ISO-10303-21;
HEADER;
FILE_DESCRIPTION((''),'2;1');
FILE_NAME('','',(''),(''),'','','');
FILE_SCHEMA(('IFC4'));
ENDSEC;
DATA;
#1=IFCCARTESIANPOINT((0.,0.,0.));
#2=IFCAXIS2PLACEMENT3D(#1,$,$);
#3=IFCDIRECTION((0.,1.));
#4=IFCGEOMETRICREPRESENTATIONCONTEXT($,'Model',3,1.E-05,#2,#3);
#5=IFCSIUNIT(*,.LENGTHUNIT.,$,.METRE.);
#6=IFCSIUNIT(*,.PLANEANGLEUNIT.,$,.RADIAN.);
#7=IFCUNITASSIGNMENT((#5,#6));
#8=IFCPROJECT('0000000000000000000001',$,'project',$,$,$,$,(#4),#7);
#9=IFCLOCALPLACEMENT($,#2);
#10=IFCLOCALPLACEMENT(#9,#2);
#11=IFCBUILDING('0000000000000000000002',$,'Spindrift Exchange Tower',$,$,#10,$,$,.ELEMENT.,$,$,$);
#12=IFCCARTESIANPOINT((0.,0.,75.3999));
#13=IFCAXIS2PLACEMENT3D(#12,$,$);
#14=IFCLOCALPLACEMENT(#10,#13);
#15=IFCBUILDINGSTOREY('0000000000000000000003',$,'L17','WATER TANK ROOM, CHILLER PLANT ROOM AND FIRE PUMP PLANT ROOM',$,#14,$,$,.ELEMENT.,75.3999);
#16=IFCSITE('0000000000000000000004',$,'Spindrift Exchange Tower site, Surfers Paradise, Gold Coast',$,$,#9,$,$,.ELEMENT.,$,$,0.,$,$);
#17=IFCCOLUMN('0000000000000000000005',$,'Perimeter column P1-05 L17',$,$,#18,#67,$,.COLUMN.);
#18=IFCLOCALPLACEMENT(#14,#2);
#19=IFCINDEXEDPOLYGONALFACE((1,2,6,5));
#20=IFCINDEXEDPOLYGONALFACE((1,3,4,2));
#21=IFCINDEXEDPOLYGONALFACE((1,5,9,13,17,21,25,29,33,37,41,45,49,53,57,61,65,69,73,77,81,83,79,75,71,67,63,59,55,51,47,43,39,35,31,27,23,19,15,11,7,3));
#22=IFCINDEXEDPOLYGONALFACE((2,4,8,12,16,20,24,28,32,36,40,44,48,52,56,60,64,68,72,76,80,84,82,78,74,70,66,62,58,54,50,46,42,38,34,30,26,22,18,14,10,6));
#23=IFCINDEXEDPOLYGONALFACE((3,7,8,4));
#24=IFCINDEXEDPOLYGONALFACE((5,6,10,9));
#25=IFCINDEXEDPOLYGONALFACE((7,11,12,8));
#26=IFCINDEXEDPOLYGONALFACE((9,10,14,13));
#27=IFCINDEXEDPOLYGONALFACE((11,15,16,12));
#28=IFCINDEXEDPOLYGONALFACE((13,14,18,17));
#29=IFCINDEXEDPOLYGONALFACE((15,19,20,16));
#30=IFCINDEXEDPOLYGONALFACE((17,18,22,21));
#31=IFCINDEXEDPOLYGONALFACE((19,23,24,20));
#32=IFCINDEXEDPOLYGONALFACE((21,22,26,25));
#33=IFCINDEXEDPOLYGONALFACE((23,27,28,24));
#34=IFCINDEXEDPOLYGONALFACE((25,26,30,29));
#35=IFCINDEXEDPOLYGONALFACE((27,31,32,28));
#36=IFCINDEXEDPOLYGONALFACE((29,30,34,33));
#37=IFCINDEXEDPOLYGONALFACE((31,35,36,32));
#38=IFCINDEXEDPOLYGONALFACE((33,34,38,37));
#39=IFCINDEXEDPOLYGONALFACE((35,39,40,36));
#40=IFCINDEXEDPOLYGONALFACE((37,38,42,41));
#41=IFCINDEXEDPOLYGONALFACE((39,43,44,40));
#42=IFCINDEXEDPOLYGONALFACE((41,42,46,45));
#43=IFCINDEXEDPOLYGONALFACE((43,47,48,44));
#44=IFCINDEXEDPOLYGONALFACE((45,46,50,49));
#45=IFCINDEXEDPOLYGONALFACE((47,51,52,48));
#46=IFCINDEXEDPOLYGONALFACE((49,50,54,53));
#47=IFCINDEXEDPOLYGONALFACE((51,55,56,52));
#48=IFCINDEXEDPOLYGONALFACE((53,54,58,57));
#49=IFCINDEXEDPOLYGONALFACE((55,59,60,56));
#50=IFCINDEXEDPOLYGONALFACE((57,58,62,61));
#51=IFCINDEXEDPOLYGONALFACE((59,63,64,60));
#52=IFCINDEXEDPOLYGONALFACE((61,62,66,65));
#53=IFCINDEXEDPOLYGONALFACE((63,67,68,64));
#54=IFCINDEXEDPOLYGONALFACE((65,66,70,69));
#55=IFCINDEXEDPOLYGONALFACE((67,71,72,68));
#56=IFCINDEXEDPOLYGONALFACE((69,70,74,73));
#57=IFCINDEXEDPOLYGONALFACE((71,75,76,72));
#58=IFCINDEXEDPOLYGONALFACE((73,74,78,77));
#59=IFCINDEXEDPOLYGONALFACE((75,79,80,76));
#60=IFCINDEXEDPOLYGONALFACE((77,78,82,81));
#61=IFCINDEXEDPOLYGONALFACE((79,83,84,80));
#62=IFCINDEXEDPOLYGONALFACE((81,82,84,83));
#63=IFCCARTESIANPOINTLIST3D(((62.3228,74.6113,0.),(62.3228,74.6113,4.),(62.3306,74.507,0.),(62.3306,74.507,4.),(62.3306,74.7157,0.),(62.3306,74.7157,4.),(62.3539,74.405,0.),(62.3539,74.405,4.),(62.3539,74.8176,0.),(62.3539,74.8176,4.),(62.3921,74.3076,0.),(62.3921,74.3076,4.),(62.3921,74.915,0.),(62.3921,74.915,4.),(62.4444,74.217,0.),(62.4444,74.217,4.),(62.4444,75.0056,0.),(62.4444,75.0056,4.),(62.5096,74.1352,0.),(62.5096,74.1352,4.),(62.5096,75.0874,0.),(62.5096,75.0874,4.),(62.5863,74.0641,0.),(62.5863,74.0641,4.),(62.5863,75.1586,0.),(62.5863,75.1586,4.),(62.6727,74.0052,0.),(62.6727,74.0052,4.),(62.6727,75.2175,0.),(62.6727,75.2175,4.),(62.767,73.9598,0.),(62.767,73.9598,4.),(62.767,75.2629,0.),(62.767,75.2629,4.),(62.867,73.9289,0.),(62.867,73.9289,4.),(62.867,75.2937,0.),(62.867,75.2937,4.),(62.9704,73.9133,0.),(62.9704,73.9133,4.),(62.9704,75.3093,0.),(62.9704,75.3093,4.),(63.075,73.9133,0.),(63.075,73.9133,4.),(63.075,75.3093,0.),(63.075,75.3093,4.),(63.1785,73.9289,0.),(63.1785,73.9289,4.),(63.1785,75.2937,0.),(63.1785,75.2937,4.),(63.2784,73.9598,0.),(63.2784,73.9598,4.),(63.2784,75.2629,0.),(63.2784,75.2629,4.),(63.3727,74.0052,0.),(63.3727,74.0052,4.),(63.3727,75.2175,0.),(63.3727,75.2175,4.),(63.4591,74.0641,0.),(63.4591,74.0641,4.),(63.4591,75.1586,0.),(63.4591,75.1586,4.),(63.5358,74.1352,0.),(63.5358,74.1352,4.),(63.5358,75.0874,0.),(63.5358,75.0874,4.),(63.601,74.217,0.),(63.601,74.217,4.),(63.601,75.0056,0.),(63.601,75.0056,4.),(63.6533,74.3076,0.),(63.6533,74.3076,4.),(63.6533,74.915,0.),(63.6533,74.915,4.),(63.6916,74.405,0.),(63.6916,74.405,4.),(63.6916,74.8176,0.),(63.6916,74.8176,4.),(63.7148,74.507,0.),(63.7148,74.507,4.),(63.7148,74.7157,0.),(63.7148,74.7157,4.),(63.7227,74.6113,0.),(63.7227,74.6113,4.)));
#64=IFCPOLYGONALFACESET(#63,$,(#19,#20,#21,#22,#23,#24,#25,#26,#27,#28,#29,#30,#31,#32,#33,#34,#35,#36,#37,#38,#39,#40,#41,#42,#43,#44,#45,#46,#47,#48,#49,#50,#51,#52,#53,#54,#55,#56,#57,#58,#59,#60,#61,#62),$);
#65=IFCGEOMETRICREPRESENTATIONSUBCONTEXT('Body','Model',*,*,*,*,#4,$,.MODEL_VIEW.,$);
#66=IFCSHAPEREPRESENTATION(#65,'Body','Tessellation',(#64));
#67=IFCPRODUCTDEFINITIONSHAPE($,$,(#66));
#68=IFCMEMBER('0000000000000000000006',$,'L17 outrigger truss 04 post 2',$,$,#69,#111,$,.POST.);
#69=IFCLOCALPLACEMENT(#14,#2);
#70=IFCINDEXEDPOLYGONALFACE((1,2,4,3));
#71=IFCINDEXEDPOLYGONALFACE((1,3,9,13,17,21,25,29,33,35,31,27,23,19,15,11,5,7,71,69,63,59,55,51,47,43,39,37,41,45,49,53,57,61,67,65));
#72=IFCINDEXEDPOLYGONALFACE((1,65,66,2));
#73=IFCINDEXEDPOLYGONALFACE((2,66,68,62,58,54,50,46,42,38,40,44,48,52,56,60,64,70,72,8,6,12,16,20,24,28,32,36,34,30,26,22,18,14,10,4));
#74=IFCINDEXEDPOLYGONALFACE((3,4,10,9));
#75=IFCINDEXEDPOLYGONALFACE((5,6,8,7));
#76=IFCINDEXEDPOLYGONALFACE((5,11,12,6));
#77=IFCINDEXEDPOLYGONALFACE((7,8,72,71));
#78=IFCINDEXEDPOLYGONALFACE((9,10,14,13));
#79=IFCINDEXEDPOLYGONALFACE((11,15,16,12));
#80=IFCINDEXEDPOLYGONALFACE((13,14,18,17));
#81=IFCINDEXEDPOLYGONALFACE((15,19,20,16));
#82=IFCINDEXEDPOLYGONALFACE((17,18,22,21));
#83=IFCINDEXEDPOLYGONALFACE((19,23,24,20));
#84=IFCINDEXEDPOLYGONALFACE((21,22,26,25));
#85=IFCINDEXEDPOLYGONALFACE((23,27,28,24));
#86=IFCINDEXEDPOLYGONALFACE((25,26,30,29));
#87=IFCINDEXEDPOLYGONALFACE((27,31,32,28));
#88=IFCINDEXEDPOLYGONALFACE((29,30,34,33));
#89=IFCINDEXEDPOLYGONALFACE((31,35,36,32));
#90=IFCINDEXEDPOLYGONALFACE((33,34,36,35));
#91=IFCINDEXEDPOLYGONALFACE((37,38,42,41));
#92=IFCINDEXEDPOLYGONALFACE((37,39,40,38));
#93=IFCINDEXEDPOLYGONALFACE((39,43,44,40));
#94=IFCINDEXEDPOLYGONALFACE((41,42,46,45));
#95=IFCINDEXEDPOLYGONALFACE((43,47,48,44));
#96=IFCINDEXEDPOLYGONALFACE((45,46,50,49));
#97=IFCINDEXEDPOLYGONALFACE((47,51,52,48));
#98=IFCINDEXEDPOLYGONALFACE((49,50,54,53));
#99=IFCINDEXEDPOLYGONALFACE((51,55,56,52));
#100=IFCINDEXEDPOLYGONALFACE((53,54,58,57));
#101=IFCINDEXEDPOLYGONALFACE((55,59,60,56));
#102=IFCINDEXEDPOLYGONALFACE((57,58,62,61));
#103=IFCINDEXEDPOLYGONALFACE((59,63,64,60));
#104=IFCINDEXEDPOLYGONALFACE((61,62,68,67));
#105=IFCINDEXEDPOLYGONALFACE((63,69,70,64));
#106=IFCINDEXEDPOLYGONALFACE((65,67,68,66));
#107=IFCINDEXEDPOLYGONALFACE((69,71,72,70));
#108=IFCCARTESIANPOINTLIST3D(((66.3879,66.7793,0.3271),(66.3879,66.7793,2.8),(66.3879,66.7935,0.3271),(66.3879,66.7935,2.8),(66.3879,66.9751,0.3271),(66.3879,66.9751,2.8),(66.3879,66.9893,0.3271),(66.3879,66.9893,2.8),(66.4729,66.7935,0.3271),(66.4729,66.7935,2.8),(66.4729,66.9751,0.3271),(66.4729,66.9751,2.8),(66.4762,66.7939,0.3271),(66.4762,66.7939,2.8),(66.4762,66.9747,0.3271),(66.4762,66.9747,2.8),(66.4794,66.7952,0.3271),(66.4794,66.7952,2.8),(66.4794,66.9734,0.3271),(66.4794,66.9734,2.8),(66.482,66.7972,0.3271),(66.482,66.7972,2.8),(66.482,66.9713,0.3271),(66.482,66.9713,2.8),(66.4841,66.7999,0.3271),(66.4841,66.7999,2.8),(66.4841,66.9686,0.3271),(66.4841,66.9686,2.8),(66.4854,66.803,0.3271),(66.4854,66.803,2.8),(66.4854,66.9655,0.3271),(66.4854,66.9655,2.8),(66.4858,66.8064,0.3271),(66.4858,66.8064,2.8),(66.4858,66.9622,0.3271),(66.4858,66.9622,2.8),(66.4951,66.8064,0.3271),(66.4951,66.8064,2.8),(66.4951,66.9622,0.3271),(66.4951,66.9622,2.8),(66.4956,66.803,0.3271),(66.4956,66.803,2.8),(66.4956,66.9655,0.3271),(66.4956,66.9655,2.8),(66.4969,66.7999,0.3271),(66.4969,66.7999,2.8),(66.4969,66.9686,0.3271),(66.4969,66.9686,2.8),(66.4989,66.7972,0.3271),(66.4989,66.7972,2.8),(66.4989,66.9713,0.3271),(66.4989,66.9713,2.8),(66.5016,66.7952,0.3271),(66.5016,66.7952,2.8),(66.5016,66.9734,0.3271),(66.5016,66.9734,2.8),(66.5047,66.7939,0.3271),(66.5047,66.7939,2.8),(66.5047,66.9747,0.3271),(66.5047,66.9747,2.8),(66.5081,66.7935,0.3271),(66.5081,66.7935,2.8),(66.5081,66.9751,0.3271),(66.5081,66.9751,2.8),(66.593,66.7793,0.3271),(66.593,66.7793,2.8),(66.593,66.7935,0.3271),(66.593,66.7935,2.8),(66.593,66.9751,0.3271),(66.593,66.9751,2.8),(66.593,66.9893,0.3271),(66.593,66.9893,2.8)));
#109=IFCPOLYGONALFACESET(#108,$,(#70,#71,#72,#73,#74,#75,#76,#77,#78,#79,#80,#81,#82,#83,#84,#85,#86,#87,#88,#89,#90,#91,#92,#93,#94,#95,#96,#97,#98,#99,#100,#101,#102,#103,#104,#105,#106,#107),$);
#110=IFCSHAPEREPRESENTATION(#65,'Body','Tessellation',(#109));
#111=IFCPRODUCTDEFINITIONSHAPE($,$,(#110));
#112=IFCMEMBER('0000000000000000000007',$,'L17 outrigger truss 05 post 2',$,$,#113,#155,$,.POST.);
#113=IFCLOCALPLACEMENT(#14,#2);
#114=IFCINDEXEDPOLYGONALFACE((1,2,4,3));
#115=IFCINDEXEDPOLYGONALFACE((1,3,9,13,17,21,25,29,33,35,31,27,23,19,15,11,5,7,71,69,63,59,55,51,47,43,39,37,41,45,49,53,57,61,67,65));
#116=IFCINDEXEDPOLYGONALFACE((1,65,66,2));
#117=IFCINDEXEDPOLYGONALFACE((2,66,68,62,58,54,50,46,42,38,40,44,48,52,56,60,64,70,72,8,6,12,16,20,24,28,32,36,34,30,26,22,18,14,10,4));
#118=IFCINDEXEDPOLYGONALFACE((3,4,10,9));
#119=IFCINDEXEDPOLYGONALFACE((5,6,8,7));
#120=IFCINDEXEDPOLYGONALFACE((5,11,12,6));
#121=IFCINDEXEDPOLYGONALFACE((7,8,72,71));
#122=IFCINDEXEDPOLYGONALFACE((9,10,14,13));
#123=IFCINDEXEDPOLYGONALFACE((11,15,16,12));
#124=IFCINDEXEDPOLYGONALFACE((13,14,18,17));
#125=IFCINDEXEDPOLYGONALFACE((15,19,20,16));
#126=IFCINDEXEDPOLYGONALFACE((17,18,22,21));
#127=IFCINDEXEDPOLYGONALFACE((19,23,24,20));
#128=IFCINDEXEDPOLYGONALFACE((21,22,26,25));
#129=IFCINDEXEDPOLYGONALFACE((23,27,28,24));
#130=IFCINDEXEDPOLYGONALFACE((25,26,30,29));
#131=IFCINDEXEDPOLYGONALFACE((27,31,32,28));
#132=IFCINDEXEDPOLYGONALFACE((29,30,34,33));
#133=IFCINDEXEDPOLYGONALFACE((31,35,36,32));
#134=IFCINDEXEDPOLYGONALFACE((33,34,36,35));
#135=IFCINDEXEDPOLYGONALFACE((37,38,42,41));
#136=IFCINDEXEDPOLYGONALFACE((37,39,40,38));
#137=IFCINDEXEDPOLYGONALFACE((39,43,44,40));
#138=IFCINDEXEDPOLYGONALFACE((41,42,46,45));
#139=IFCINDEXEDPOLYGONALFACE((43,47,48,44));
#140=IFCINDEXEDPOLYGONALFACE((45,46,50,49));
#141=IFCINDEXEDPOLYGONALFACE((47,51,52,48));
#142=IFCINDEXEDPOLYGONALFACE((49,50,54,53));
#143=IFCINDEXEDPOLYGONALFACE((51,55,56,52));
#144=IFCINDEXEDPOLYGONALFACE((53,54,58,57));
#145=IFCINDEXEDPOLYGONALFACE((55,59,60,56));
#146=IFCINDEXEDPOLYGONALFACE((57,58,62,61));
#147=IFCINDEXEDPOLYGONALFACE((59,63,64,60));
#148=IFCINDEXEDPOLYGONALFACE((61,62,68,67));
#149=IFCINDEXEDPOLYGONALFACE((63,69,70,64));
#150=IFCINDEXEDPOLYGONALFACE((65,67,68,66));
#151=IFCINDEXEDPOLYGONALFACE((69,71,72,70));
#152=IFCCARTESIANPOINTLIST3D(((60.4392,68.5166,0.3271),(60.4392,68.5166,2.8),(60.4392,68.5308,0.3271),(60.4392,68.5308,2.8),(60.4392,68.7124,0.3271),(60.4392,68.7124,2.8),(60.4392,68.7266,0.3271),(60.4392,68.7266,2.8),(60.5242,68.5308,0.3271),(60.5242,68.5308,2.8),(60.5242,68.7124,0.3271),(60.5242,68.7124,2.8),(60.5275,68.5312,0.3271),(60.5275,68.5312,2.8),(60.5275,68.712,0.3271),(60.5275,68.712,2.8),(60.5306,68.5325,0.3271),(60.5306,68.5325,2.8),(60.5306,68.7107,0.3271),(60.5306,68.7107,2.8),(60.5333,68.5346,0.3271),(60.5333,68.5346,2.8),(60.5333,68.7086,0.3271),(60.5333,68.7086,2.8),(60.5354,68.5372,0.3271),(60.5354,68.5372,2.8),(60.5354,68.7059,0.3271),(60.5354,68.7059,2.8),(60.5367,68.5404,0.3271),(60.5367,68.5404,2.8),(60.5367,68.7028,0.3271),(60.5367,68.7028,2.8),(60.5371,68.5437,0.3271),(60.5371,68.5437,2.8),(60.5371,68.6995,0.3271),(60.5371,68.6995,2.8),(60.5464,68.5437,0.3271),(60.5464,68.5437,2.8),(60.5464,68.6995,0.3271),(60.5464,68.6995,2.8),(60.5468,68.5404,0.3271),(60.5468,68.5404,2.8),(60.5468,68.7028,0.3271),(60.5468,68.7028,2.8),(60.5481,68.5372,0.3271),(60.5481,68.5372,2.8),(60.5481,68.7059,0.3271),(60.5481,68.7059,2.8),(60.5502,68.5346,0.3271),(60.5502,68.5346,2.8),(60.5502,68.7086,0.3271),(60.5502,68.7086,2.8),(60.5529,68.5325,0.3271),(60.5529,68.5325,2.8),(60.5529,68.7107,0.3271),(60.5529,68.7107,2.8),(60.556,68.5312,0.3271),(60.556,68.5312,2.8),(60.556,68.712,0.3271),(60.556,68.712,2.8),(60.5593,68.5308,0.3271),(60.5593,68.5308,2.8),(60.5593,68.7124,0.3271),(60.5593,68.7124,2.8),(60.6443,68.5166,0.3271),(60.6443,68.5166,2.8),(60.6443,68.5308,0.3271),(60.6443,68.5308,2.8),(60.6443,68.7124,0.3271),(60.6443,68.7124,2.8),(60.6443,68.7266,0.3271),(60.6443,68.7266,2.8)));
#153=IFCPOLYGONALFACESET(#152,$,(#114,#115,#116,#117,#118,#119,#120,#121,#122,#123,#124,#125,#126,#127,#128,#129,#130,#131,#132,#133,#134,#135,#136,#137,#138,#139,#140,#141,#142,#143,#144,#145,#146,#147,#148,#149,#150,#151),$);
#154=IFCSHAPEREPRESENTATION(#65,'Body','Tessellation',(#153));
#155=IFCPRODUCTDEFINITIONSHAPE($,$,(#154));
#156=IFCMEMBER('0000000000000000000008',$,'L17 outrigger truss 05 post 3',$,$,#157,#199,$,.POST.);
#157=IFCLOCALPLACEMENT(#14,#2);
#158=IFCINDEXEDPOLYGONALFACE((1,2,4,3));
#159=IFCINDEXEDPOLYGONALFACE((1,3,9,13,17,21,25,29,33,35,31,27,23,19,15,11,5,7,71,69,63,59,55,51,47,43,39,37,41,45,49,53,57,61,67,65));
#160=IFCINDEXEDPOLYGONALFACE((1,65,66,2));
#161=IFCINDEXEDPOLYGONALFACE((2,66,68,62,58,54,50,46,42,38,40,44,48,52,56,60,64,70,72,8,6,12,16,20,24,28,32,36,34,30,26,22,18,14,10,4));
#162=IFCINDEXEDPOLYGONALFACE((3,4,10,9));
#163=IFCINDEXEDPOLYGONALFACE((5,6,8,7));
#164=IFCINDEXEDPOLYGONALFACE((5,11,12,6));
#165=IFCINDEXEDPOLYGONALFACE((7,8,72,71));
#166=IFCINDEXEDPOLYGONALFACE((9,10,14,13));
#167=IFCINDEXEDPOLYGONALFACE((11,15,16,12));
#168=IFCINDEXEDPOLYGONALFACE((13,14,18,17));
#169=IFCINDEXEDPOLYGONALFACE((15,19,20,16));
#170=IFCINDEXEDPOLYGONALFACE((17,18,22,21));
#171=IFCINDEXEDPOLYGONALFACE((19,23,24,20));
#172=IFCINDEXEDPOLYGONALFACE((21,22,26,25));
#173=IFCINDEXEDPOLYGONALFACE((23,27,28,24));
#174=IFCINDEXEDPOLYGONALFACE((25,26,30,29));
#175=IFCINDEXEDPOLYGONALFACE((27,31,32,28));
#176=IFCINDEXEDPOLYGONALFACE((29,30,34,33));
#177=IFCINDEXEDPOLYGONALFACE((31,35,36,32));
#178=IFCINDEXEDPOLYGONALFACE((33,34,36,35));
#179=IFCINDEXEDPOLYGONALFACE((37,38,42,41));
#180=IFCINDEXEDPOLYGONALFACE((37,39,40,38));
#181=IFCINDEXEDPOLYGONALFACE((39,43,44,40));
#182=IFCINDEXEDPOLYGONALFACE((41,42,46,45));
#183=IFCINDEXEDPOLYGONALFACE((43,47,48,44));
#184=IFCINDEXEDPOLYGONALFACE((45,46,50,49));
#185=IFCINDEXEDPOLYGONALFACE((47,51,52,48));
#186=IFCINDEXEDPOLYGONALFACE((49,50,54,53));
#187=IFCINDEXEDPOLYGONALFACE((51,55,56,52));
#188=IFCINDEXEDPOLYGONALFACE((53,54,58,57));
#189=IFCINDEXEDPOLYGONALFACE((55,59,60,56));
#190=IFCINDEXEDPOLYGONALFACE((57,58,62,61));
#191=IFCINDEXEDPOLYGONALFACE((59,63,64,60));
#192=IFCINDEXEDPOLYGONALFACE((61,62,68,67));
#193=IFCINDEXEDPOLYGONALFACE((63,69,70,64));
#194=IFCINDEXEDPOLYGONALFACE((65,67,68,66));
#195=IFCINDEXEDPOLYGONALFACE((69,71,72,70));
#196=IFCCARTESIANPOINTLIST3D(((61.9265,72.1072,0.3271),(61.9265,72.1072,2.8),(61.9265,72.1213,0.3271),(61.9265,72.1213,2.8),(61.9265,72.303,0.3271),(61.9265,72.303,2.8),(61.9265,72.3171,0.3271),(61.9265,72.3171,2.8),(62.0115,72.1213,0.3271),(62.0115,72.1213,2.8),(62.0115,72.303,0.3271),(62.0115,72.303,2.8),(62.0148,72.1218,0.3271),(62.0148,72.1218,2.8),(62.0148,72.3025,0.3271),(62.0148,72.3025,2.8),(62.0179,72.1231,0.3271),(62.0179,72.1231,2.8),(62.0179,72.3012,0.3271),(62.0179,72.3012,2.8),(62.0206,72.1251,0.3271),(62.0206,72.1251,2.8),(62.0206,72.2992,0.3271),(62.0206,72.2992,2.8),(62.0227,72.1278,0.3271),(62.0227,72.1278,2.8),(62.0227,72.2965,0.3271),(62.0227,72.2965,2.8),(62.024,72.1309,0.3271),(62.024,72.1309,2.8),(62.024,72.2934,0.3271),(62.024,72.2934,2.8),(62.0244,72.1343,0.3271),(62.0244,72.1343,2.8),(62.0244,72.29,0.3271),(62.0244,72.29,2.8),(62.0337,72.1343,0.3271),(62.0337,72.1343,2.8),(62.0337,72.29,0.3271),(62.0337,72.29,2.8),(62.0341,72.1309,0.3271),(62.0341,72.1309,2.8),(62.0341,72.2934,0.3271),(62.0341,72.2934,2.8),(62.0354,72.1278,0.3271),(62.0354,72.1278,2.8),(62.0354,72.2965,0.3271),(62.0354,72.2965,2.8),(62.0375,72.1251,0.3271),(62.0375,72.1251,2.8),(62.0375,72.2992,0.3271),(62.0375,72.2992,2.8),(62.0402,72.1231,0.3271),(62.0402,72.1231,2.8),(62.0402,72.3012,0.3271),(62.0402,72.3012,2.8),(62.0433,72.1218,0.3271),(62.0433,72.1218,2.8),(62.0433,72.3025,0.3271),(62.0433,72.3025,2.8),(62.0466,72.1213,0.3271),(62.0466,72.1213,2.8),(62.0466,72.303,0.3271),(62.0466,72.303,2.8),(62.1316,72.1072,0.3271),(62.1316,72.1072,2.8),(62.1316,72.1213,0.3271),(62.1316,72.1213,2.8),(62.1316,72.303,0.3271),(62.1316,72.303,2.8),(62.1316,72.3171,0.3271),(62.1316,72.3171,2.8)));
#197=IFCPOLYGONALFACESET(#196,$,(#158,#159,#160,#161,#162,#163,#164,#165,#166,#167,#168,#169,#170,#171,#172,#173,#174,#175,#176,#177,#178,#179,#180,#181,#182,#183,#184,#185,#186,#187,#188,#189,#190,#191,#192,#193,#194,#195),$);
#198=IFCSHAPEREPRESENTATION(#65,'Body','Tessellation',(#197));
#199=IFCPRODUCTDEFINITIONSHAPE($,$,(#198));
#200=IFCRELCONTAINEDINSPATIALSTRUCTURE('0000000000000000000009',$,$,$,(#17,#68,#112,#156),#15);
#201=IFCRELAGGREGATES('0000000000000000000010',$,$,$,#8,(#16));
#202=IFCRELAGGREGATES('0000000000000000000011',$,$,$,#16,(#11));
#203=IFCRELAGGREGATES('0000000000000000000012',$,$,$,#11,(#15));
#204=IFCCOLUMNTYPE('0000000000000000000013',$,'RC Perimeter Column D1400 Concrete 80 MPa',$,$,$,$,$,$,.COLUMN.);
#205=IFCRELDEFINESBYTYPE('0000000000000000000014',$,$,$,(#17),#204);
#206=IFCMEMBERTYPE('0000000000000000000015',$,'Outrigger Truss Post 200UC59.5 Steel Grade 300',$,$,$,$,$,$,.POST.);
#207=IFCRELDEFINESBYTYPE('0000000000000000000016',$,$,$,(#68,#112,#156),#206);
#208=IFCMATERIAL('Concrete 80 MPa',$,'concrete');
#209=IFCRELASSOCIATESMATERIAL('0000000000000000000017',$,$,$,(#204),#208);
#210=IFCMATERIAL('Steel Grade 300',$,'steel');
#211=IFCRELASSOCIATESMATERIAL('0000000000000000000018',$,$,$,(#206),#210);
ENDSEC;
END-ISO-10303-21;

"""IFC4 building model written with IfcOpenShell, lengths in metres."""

from ifc_helpers import new_model, si_unit, direction, frame, origin, origin_2d, place, context, subcontext, project, spatial, circle, i_section, extrude, source, transform, mapped, material, material_profile, profile_set, type_object, element, save


model = new_model("IFC4")

# Units and contexts
model_context = context("Model", 3, precision=1e-05, world=origin(), true_north=direction((0.0, 1.0)))
body_context = subcontext(model_context, "Body", "Model", "MODEL_VIEW")
ifc_project = project(units=[si_unit("LENGTHUNIT", "METRE"), si_unit("PLANEANGLEUNIT", "RADIAN")], contexts=[model_context])

# Site, building, storey
site_placement = place(None, origin())
site = spatial("IfcSite", under=ifc_project, at=site_placement, Name="Spindrift Exchange Tower site, Surfers Paradise, Gold Coast", CompositionType="ELEMENT", RefElevation=0.0)
building_placement = place(site_placement, origin())
building = spatial("IfcBuilding", under=site, at=building_placement, Name="Spindrift Exchange Tower", CompositionType="ELEMENT")
storey_placement = place(building_placement, frame((0.0, 0.0, 75.3999)))
storey = spatial("IfcBuildingStorey", under=building, at=storey_placement, Name="L17", Description="WATER TANK ROOM, CHILLER PLANT ROOM AND FIRE PUMP PLANT ROOM", CompositionType="ELEMENT", Elevation=75.3999)

# Column
ifc_material_1 = material(Name="Concrete 80 MPa", Category="concrete")
ifc_material_profile_1 = material_profile(ifc_material_1, circle(Radius=0.7, at=origin_2d()), Name="RC D1400")
ifc_profile_set_1 = profile_set([ifc_material_profile_1], Name="Concrete 80 MPa")
column_type = type_object("IfcColumnType", Name="RC Perimeter Column D1400 Concrete 80 MPa", PredefinedType="COLUMN", material=ifc_profile_set_1)
shared_shape_1 = source(origin(), body_context, "Body", "SweptSolid", [
    extrude(circle(Radius=0.7, at=origin_2d()), origin(), (0.0, 0.0, 1.0), 4.0),
])
column_placement = place(storey_placement, frame((63.0227, 74.6113, 0.0), z_axis=(0.0, 0.0, 1.0), x_axis=(1.0, 0.0, 0.0)))
element("IfcColumn", 1, at=column_placement, inside=storey, type_object=column_type, Name="Perimeter column P1-05 L17", PredefinedType="COLUMN", context=body_context, shape_type="MappedRepresentation", body=[
    mapped(shared_shape_1, transform((0.0, 0.0, 0.0), scale=1.0)),
])

# Members
ifc_material_2 = material(Name="Steel Grade 300", Category="steel")
ifc_material_profile_2 = material_profile(ifc_material_2, i_section(OverallWidth=0.2051, OverallDepth=0.21, WebThickness=0.0093, FlangeThickness=0.0142, FilletRadius=0.0129, at=origin_2d()), Name="200UC59.5")
ifc_profile_set_2 = profile_set([ifc_material_profile_2], Name="Steel Grade 300")
member_type_1 = type_object("IfcMemberType", Name="Outrigger Truss Post 200UC59.5 Steel Grade 300", PredefinedType="POST", material=ifc_profile_set_2)
shared_shape_2 = source(origin(), body_context, "Body", "SweptSolid", [
    extrude(i_section(OverallWidth=0.2051, OverallDepth=0.21, WebThickness=0.0093, FlangeThickness=0.0142, FilletRadius=0.0129, at=origin_2d()), origin(), (0.0, 0.0, 1.0), 2.4729),
])
for number, where, z_axis, x_axis, name in (
    (2, (66.4905, 66.8843, 0.3271), (0.0, 0.0, 1.0), (1.0, 0.0, 0.0), "L17 outrigger truss 04 post 2"),
    (3, (60.5417, 68.6216, 0.3271), (0.0, 0.0, 1.0), (1.0, 0.0, 0.0), "L17 outrigger truss 05 post 2"),
    (4, (62.0291, 72.2122, 0.3271), (0.0, 0.0, 1.0), (1.0, 0.0, 0.0), "L17 outrigger truss 05 post 3"),
):
    element("IfcMember", number, at=place(storey_placement, frame(where, z_axis=z_axis, x_axis=x_axis)), inside=storey, type_object=member_type_1, Name=name, PredefinedType="POST", context=body_context, shape_type="MappedRepresentation", body=[
        mapped(shared_shape_2, transform((0.0, 0.0, 0.0), scale=1.0)),
    ])

save(model, "model.ifc")
